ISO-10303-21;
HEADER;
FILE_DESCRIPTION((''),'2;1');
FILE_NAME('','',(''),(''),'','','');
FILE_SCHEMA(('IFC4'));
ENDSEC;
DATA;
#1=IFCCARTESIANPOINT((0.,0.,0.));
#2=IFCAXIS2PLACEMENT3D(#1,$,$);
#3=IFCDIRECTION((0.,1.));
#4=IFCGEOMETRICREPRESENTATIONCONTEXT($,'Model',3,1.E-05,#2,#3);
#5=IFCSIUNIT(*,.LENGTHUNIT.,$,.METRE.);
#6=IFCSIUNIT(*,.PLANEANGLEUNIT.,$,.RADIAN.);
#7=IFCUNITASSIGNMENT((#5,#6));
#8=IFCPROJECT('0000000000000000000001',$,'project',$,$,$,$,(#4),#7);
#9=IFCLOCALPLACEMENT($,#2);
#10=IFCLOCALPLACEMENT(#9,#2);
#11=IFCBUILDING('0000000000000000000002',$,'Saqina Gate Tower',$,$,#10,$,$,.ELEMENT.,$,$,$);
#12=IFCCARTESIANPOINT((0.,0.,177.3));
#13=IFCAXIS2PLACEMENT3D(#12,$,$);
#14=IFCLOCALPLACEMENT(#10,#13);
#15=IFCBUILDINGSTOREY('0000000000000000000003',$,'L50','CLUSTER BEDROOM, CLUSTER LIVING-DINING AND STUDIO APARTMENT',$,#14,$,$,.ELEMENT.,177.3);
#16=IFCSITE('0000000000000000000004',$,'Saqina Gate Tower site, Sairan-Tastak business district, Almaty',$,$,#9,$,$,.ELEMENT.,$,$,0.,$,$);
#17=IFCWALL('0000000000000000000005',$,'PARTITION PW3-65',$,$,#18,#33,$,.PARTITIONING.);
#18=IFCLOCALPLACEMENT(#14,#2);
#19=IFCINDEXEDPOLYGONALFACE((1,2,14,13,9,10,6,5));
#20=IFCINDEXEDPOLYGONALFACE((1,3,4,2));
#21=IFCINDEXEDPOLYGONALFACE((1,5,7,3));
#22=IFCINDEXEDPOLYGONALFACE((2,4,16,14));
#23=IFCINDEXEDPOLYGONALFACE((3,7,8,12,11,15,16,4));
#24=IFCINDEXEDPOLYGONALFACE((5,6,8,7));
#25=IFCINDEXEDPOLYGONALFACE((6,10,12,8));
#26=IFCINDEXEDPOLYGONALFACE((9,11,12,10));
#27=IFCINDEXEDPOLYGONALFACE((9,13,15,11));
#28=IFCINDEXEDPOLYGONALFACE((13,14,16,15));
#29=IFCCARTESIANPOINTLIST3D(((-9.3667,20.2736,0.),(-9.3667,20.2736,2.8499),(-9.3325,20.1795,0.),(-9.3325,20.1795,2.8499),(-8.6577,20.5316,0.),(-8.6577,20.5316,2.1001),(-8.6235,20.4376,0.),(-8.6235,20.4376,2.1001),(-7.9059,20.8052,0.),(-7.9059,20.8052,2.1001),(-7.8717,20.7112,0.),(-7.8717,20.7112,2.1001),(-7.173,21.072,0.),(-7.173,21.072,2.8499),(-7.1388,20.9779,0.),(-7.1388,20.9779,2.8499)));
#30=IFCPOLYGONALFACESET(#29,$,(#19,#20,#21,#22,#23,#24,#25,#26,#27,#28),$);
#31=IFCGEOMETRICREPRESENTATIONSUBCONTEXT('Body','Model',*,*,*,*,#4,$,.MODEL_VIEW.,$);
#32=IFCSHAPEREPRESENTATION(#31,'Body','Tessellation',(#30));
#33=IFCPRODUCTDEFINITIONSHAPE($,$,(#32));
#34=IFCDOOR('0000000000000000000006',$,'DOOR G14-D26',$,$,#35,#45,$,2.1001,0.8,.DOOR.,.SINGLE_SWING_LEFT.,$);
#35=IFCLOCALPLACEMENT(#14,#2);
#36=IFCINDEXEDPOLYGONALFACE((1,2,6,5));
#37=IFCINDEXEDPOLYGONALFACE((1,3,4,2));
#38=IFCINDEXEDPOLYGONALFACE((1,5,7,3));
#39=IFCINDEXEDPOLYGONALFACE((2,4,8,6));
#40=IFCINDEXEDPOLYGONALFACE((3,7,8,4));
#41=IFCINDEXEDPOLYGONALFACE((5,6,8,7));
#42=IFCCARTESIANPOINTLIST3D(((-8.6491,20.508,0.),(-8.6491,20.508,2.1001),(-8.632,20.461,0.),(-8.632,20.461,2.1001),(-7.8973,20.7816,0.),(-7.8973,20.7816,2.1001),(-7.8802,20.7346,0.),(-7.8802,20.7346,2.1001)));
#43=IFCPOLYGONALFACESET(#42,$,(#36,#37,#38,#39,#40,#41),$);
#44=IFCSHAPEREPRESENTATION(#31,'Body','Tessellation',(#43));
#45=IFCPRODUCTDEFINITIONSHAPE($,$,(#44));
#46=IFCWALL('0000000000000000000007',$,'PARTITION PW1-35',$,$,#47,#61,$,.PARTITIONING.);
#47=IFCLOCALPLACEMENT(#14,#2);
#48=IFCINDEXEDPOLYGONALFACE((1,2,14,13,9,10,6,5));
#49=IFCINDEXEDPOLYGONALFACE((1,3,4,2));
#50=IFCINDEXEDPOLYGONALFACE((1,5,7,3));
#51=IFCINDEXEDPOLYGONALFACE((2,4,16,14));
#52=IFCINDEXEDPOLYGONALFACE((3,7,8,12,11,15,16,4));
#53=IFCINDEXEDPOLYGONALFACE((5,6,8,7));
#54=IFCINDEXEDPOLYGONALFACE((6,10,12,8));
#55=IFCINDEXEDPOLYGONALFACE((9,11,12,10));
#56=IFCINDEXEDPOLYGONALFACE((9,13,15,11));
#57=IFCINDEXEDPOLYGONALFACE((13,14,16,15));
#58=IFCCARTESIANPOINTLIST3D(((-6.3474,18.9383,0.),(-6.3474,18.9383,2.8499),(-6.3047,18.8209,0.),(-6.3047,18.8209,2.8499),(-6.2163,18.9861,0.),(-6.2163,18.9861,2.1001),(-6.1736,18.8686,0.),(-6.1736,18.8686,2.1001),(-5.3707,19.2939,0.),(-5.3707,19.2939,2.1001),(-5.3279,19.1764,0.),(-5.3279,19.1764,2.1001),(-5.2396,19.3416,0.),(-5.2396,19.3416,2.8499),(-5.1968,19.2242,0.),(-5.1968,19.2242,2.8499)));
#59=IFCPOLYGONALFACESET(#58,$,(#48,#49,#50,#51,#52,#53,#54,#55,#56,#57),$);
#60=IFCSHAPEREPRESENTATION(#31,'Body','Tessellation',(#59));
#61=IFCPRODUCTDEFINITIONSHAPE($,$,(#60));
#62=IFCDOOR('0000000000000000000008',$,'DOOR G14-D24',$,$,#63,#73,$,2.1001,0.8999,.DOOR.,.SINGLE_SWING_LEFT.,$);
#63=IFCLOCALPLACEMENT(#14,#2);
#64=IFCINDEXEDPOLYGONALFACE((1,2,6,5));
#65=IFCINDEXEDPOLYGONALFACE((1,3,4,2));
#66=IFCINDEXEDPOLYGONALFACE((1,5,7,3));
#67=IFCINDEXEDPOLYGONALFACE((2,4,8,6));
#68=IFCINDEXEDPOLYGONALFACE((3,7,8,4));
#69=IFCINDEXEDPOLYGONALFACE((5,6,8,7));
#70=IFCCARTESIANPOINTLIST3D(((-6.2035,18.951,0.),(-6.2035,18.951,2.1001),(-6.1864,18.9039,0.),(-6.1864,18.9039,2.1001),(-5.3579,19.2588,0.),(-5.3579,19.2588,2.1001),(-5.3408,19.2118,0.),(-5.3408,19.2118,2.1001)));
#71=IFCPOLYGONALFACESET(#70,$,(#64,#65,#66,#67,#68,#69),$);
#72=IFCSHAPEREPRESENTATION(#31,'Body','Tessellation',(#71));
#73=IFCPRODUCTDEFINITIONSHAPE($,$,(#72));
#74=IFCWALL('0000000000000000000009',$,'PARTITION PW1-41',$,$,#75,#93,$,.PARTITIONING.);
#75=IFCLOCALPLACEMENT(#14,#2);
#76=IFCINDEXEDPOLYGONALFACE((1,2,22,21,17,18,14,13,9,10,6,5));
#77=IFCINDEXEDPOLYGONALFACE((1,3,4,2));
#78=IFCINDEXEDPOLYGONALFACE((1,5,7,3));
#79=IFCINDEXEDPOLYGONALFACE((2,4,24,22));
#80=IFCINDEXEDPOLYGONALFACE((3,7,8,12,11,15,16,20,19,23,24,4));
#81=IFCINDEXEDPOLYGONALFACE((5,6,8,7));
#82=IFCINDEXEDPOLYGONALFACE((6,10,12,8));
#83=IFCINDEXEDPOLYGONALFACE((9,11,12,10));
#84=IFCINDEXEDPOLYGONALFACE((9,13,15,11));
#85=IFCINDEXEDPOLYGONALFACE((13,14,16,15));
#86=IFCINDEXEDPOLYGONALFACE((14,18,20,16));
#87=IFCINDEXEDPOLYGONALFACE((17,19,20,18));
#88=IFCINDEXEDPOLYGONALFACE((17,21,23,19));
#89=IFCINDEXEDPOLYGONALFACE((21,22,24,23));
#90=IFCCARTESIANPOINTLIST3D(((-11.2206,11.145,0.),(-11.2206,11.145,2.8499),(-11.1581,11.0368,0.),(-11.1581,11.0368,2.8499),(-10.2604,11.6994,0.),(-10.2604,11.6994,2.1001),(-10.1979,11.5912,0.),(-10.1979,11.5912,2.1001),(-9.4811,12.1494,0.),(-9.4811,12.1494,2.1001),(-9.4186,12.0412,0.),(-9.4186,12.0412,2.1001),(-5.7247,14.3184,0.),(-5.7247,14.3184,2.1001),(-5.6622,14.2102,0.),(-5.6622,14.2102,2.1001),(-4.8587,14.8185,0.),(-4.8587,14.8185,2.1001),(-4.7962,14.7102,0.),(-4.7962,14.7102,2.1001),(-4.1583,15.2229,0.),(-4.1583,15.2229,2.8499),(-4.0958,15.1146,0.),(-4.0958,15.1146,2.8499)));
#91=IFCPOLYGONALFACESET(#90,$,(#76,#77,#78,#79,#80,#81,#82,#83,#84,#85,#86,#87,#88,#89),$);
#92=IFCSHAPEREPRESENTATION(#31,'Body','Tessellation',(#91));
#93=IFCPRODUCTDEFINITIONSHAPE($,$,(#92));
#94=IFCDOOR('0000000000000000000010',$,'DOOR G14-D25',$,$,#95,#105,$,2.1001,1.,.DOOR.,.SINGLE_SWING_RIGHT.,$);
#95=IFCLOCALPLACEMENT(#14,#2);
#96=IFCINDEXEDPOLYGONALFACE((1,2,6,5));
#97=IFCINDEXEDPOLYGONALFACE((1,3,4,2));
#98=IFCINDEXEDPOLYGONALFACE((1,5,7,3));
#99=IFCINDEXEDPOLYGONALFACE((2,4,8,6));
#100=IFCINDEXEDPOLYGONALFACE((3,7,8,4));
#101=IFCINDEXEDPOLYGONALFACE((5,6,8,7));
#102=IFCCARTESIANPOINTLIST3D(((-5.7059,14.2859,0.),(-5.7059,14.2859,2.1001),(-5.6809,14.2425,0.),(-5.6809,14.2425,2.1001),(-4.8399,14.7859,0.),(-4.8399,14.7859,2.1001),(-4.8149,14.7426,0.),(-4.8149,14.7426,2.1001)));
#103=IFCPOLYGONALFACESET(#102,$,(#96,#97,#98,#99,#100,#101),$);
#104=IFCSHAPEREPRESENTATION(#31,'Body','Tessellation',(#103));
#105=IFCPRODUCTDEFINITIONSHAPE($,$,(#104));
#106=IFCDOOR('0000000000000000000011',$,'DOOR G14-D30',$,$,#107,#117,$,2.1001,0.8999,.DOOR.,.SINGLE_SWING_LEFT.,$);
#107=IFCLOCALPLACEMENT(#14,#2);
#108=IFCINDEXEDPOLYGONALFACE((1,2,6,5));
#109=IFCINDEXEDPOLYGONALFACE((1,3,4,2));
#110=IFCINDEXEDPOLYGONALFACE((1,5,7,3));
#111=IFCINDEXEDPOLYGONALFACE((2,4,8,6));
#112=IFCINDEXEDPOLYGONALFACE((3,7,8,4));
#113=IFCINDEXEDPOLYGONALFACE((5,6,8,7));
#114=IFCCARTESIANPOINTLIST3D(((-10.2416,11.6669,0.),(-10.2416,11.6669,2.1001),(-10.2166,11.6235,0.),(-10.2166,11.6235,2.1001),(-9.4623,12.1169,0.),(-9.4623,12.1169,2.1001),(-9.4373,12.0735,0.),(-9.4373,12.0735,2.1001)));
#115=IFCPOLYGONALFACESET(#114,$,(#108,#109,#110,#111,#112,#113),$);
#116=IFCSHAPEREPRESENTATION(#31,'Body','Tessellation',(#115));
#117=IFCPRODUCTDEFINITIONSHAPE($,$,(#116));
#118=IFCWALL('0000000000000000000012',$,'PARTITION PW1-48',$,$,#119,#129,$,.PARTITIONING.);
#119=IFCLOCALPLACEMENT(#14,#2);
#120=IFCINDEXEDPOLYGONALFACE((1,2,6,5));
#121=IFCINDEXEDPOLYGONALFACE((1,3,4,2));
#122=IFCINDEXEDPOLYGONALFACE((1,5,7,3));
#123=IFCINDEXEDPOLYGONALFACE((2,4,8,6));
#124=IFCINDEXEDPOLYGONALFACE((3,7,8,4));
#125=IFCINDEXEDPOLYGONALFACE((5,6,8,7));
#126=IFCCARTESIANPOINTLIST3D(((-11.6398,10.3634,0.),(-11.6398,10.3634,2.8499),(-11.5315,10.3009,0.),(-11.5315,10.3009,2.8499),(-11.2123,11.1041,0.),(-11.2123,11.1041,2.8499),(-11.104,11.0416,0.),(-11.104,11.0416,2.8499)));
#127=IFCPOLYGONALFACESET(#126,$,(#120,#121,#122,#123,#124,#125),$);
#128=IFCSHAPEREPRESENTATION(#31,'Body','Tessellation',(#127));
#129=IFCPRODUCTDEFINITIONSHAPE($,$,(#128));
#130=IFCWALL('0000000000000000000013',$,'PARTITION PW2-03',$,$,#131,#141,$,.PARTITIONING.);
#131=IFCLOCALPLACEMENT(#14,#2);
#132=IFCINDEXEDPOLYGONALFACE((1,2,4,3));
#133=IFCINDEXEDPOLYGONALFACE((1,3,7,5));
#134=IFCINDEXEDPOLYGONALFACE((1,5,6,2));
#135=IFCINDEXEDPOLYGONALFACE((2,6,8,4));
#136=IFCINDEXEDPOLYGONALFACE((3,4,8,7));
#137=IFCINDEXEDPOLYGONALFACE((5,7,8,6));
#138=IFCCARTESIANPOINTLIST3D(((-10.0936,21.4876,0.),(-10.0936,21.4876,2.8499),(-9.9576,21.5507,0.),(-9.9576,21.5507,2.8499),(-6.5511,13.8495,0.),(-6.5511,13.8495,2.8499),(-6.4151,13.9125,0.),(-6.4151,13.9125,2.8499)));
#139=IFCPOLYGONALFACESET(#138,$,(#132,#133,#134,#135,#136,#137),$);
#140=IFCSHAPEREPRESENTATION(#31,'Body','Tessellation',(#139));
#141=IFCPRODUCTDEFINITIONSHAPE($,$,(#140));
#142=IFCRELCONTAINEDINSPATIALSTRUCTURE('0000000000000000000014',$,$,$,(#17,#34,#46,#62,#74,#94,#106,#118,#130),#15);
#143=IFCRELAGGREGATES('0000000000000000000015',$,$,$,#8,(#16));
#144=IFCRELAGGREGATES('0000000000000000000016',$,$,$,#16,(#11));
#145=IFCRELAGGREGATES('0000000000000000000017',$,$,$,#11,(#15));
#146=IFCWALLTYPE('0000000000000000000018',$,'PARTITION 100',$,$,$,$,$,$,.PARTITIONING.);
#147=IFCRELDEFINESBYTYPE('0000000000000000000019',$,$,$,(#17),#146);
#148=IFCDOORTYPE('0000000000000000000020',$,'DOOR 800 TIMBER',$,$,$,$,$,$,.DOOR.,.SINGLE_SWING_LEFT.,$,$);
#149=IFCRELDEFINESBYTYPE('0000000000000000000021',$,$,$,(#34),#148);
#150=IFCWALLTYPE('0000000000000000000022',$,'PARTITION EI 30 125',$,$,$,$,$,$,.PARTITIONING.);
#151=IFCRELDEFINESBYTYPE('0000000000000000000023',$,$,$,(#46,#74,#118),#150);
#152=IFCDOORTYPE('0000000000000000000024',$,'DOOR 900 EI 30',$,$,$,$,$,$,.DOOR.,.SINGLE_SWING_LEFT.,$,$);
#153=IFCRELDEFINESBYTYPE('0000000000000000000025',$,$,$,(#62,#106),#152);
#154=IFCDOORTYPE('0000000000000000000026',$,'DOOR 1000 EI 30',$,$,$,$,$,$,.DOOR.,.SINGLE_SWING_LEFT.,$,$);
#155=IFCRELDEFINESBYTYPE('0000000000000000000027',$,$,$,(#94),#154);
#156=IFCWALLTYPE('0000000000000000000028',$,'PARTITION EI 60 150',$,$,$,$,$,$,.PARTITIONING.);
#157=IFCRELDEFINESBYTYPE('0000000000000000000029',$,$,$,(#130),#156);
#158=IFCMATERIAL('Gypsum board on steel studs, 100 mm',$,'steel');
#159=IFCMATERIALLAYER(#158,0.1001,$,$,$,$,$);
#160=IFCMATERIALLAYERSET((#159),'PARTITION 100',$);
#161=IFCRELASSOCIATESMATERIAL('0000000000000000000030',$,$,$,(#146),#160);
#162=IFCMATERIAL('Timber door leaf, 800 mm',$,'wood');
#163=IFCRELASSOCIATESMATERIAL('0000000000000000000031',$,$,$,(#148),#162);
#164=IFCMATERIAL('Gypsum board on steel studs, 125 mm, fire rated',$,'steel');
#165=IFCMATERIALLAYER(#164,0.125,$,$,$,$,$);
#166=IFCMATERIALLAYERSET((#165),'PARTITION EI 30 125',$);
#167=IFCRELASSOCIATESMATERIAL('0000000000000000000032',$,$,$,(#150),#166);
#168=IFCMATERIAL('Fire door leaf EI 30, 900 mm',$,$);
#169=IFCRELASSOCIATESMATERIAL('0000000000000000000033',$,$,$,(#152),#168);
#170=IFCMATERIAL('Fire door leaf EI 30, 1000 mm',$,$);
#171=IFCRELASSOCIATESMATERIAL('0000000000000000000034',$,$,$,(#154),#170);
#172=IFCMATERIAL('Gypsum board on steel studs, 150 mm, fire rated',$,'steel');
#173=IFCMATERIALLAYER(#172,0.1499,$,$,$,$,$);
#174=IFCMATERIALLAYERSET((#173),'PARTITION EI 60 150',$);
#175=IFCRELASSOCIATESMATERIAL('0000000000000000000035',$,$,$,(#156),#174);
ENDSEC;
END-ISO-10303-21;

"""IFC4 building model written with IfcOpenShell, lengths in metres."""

from ifc_helpers import new_model, si_unit, direction, frame, frame_2d, origin, place, context, subcontext, project, spatial, rectangle, extrude, material, layer, layer_set, type_object, element, fill, save


model = new_model("IFC4")

# Units and contexts
model_context = context("Model", 3, precision=1e-05, world=origin(), true_north=direction((0.0, 1.0)))
body_context = subcontext(model_context, "Body", "Model", "MODEL_VIEW")
ifc_project = project(units=[si_unit("LENGTHUNIT", "METRE"), si_unit("PLANEANGLEUNIT", "RADIAN")], contexts=[model_context])

# Site, building, storey
site_placement = place(None, origin())
site = spatial("IfcSite", under=ifc_project, at=site_placement, Name="Saqina Gate Tower site, Sairan-Tastak business district, Almaty", CompositionType="ELEMENT", RefElevation=0.0)
building_placement = place(site_placement, origin())
building = spatial("IfcBuilding", under=site, at=building_placement, Name="Saqina Gate Tower", CompositionType="ELEMENT")
storey_placement = place(building_placement, frame((0.0, 0.0, 177.3)))
storey = spatial("IfcBuildingStorey", under=building, at=storey_placement, Name="L50", Description="CLUSTER BEDROOM, CLUSTER LIVING-DINING AND STUDIO APARTMENT", CompositionType="ELEMENT", Elevation=177.3)

# Shared definitions
ifc_material_1 = material(Name="Gypsum board on steel studs, 100 mm", Category="steel")
ifc_layer_1 = layer(ifc_material_1, 0.1001)
ifc_layer_set_1 = layer_set([ifc_layer_1], Name="PARTITION 100")
wall_type_1 = type_object("IfcWallType", Name="PARTITION 100", PredefinedType="PARTITIONING", material=ifc_layer_set_1)

# Walls, openings, doors
wall_1_placement = place(storey_placement, frame((-9.3496, 20.2266, 0.0), z_axis=(0.0, 0.0, 1.0), x_axis=(0.939702, 0.341995, 0.0)))
wall_1 = element("IfcWall", 1, at=wall_1_placement, inside=storey, type_object=wall_type_1, Name="PARTITION PW3-65", PredefinedType="PARTITIONING", context=body_context, shape_type="SweptSolid", body=[
    extrude(rectangle(XDim=2.3345, YDim=0.1001, at=frame_2d((1.1672, 0.0))), origin(), (0.0, 0.0, 1.0), 2.8499),
])
opening_1_placement = place(wall_1_placement, frame((0.7546, 0.0, 0.0)))
opening_1 = element("IfcOpeningElement", 2, at=opening_1_placement, cuts=wall_1, PredefinedType="OPENING", context=body_context, shape_type="SweptSolid", body=[
    extrude(rectangle(XDim=0.8, YDim=2.1001, at=frame_2d((0.3999, 1.05))), frame((0.0, 0.062, 0.0), z_axis=(0.0, -1.0, 0.0), x_axis=(1.0, 0.0, 0.0)), (0.0, 0.0, 1.0), 0.124),
])
ifc_material_2 = material(Name="Timber door leaf, 800 mm", Category="wood")
door_type_1 = type_object("IfcDoorType", Name="DOOR 800 TIMBER", OperationType="SINGLE_SWING_LEFT", PredefinedType="DOOR", material=ifc_material_2)
door_1_placement = place(opening_1_placement, origin())
door_1 = element("IfcDoor", 3, at=door_1_placement, inside=storey, type_object=door_type_1, Name="DOOR G14-D26", OperationType="SINGLE_SWING_LEFT", OverallHeight=2.1001, OverallWidth=0.8, PredefinedType="DOOR", context=body_context, shape_type="SweptSolid", body=[
    extrude(rectangle(XDim=0.8, YDim=2.1001, at=frame_2d((0.3999, 1.05))), frame((0.0, 0.0249, 0.0), z_axis=(0.0, -1.0, 0.0), x_axis=(1.0, 0.0, 0.0)), (0.0, 0.0, 1.0), 0.05),
])
fill(opening_1, door_1)
ifc_material_3 = material(Name="Gypsum board on steel studs, 125 mm, fire rated", Category="steel")
ifc_layer_2 = layer(ifc_material_3, 0.125)
ifc_layer_set_2 = layer_set([ifc_layer_2], Name="PARTITION EI 30 125")
wall_type_2 = type_object("IfcWallType", Name="PARTITION EI 30 125", PredefinedType="PARTITIONING", material=ifc_layer_set_2)
wall_2_placement = place(storey_placement, frame((-6.3259, 18.8796, 0.0), z_axis=(0.0, 0.0, 1.0), x_axis=(0.939672, 0.342076, 0.0)))
wall_2 = element("IfcWall", 4, at=wall_2_placement, inside=storey, type_object=wall_type_2, Name="PARTITION PW1-35", PredefinedType="PARTITIONING", context=body_context, shape_type="SweptSolid", body=[
    extrude(rectangle(XDim=1.179, YDim=0.125, at=frame_2d((0.5894, 0.0))), origin(), (0.0, 0.0, 1.0), 2.8499),
])
opening_2_placement = place(wall_2_placement, frame((0.1394, 0.0, 0.0)))
opening_2 = element("IfcOpeningElement", 5, at=opening_2_placement, cuts=wall_2, PredefinedType="OPENING", context=body_context, shape_type="SweptSolid", body=[
    extrude(rectangle(XDim=0.8999, YDim=2.1001, at=frame_2d((0.45, 1.05))), frame((0.0, 0.0745, 0.0), z_axis=(0.0, -1.0, 0.0), x_axis=(1.0, 0.0, 0.0)), (0.0, 0.0, 1.0), 0.1489),
])
ifc_material_4 = material(Name="Fire door leaf EI 30, 900 mm")
door_type_2 = type_object("IfcDoorType", Name="DOOR 900 EI 30", OperationType="SINGLE_SWING_LEFT", PredefinedType="DOOR", material=ifc_material_4)
door_2_placement = place(opening_2_placement, frame((0.8999, 0.0, 0.0), z_axis=(0.0, 0.0, 1.0), x_axis=(-1.0, 0.0, 0.0)))
door_2 = element("IfcDoor", 6, at=door_2_placement, inside=storey, type_object=door_type_2, Name="DOOR G14-D24", OperationType="SINGLE_SWING_LEFT", OverallHeight=2.1001, OverallWidth=0.8999, PredefinedType="DOOR", context=body_context, shape_type="SweptSolid", body=[
    extrude(rectangle(XDim=0.8999, YDim=2.1001, at=frame_2d((0.45, 1.05))), frame((0.0, 0.0249, 0.0), z_axis=(0.0, -1.0, 0.0), x_axis=(1.0, 0.0, 0.0)), (0.0, 0.0, 1.0), 0.05),
])
fill(opening_2, door_2)

# Wall, openings, doors
wall_3_placement = place(storey_placement, frame((-11.1895, 11.0908, 0.0), z_axis=(0.0, 0.0, 1.0), x_axis=(0.866, 0.500045, 0.0)))
wall_3 = element("IfcWall", 7, at=wall_3_placement, inside=storey, type_object=wall_type_2, Name="PARTITION PW1-41", PredefinedType="PARTITIONING", context=body_context, shape_type="SweptSolid", body=[
    extrude(rectangle(XDim=8.155, YDim=0.125, at=frame_2d((4.0776, 0.0))), origin(), (0.0, 0.0, 1.0), 2.8499),
])
opening_3_placement = place(wall_3_placement, frame((6.3464, 0.0, 0.0)))
opening_3 = element("IfcOpeningElement", 8, at=opening_3_placement, cuts=wall_3, PredefinedType="OPENING", context=body_context, shape_type="SweptSolid", body=[
    extrude(rectangle(XDim=1.0, YDim=2.1001, at=frame_2d((0.5, 1.05))), frame((0.0, 0.0745, 0.0), z_axis=(0.0, -1.0, 0.0), x_axis=(1.0, 0.0, 0.0)), (0.0, 0.0, 1.0), 0.1489),
])
opening_4_placement = place(wall_3_placement, frame((1.1089, 0.0, 0.0)))
opening_4 = element("IfcOpeningElement", 9, at=opening_4_placement, cuts=wall_3, PredefinedType="OPENING", context=body_context, shape_type="SweptSolid", body=[
    extrude(rectangle(XDim=0.8999, YDim=2.1001, at=frame_2d((0.45, 1.05))), frame((0.0, 0.0745, 0.0), z_axis=(0.0, -1.0, 0.0), x_axis=(1.0, 0.0, 0.0)), (0.0, 0.0, 1.0), 0.1489),
])
ifc_material_5 = material(Name="Fire door leaf EI 30, 1000 mm")
door_type_3 = type_object("IfcDoorType", Name="DOOR 1000 EI 30", OperationType="SINGLE_SWING_LEFT", PredefinedType="DOOR", material=ifc_material_5)
door_3_placement = place(opening_3_placement, origin())
door_3 = element("IfcDoor", 10, at=door_3_placement, inside=storey, type_object=door_type_3, Name="DOOR G14-D25", OperationType="SINGLE_SWING_RIGHT", OverallHeight=2.1001, OverallWidth=1.0, PredefinedType="DOOR", context=body_context, shape_type="SweptSolid", body=[
    extrude(rectangle(XDim=1.0, YDim=2.1001, at=frame_2d((0.5, 1.05))), frame((0.0, 0.0249, 0.0), z_axis=(0.0, -1.0, 0.0), x_axis=(1.0, 0.0, 0.0)), (0.0, 0.0, 1.0), 0.05),
])
fill(opening_3, door_3)
door_4_placement = place(opening_4_placement, origin())
door_4 = element("IfcDoor", 11, at=door_4_placement, inside=storey, type_object=door_type_2, Name="DOOR G14-D30", OperationType="SINGLE_SWING_LEFT", OverallHeight=2.1001, OverallWidth=0.8999, PredefinedType="DOOR", context=body_context, shape_type="SweptSolid", body=[
    extrude(rectangle(XDim=0.8999, YDim=2.1001, at=frame_2d((0.45, 1.05))), frame((0.0, 0.0249, 0.0), z_axis=(0.0, -1.0, 0.0), x_axis=(1.0, 0.0, 0.0)), (0.0, 0.0, 1.0), 0.05),
])
fill(opening_4, door_4)

# Walls
wall_4_placement = place(storey_placement, frame((-11.5857, 10.332, 0.0), z_axis=(0.0, 0.0, 1.0), x_axis=(0.499854, 0.86611, 0.0)))
element("IfcWall", 12, at=wall_4_placement, inside=storey, type_object=wall_type_2, Name="PARTITION PW1-48", PredefinedType="PARTITIONING", context=body_context, shape_type="SweptSolid", body=[
    extrude(rectangle(XDim=0.8552, YDim=0.125, at=frame_2d((0.4277, 0.0))), origin(), (0.0, 0.0, 1.0), 2.8499),
])
ifc_material_6 = material(Name="Gypsum board on steel studs, 150 mm, fire rated", Category="steel")
ifc_layer_3 = layer(ifc_material_6, 0.1499)
ifc_layer_set_3 = layer_set([ifc_layer_3], Name="PARTITION EI 60 150")
wall_type_3 = type_object("IfcWallType", Name="PARTITION EI 60 150", PredefinedType="PARTITIONING", material=ifc_layer_set_3)
wall_5_placement = place(storey_placement, frame((-10.0256, 21.5193, 0.0), z_axis=(0.0, 0.0, 1.0), x_axis=(0.420738, -0.907182, 0.0)))
element("IfcWall", 13, at=wall_5_placement, inside=storey, type_object=wall_type_3, Name="PARTITION PW2-03", PredefinedType="PARTITIONING", context=body_context, shape_type="SweptSolid", body=[
    extrude(rectangle(XDim=8.4197, YDim=0.1499, at=frame_2d((4.21, 0.0))), origin(), (0.0, 0.0, 1.0), 2.8499),
])

save(model, "model.ifc")
